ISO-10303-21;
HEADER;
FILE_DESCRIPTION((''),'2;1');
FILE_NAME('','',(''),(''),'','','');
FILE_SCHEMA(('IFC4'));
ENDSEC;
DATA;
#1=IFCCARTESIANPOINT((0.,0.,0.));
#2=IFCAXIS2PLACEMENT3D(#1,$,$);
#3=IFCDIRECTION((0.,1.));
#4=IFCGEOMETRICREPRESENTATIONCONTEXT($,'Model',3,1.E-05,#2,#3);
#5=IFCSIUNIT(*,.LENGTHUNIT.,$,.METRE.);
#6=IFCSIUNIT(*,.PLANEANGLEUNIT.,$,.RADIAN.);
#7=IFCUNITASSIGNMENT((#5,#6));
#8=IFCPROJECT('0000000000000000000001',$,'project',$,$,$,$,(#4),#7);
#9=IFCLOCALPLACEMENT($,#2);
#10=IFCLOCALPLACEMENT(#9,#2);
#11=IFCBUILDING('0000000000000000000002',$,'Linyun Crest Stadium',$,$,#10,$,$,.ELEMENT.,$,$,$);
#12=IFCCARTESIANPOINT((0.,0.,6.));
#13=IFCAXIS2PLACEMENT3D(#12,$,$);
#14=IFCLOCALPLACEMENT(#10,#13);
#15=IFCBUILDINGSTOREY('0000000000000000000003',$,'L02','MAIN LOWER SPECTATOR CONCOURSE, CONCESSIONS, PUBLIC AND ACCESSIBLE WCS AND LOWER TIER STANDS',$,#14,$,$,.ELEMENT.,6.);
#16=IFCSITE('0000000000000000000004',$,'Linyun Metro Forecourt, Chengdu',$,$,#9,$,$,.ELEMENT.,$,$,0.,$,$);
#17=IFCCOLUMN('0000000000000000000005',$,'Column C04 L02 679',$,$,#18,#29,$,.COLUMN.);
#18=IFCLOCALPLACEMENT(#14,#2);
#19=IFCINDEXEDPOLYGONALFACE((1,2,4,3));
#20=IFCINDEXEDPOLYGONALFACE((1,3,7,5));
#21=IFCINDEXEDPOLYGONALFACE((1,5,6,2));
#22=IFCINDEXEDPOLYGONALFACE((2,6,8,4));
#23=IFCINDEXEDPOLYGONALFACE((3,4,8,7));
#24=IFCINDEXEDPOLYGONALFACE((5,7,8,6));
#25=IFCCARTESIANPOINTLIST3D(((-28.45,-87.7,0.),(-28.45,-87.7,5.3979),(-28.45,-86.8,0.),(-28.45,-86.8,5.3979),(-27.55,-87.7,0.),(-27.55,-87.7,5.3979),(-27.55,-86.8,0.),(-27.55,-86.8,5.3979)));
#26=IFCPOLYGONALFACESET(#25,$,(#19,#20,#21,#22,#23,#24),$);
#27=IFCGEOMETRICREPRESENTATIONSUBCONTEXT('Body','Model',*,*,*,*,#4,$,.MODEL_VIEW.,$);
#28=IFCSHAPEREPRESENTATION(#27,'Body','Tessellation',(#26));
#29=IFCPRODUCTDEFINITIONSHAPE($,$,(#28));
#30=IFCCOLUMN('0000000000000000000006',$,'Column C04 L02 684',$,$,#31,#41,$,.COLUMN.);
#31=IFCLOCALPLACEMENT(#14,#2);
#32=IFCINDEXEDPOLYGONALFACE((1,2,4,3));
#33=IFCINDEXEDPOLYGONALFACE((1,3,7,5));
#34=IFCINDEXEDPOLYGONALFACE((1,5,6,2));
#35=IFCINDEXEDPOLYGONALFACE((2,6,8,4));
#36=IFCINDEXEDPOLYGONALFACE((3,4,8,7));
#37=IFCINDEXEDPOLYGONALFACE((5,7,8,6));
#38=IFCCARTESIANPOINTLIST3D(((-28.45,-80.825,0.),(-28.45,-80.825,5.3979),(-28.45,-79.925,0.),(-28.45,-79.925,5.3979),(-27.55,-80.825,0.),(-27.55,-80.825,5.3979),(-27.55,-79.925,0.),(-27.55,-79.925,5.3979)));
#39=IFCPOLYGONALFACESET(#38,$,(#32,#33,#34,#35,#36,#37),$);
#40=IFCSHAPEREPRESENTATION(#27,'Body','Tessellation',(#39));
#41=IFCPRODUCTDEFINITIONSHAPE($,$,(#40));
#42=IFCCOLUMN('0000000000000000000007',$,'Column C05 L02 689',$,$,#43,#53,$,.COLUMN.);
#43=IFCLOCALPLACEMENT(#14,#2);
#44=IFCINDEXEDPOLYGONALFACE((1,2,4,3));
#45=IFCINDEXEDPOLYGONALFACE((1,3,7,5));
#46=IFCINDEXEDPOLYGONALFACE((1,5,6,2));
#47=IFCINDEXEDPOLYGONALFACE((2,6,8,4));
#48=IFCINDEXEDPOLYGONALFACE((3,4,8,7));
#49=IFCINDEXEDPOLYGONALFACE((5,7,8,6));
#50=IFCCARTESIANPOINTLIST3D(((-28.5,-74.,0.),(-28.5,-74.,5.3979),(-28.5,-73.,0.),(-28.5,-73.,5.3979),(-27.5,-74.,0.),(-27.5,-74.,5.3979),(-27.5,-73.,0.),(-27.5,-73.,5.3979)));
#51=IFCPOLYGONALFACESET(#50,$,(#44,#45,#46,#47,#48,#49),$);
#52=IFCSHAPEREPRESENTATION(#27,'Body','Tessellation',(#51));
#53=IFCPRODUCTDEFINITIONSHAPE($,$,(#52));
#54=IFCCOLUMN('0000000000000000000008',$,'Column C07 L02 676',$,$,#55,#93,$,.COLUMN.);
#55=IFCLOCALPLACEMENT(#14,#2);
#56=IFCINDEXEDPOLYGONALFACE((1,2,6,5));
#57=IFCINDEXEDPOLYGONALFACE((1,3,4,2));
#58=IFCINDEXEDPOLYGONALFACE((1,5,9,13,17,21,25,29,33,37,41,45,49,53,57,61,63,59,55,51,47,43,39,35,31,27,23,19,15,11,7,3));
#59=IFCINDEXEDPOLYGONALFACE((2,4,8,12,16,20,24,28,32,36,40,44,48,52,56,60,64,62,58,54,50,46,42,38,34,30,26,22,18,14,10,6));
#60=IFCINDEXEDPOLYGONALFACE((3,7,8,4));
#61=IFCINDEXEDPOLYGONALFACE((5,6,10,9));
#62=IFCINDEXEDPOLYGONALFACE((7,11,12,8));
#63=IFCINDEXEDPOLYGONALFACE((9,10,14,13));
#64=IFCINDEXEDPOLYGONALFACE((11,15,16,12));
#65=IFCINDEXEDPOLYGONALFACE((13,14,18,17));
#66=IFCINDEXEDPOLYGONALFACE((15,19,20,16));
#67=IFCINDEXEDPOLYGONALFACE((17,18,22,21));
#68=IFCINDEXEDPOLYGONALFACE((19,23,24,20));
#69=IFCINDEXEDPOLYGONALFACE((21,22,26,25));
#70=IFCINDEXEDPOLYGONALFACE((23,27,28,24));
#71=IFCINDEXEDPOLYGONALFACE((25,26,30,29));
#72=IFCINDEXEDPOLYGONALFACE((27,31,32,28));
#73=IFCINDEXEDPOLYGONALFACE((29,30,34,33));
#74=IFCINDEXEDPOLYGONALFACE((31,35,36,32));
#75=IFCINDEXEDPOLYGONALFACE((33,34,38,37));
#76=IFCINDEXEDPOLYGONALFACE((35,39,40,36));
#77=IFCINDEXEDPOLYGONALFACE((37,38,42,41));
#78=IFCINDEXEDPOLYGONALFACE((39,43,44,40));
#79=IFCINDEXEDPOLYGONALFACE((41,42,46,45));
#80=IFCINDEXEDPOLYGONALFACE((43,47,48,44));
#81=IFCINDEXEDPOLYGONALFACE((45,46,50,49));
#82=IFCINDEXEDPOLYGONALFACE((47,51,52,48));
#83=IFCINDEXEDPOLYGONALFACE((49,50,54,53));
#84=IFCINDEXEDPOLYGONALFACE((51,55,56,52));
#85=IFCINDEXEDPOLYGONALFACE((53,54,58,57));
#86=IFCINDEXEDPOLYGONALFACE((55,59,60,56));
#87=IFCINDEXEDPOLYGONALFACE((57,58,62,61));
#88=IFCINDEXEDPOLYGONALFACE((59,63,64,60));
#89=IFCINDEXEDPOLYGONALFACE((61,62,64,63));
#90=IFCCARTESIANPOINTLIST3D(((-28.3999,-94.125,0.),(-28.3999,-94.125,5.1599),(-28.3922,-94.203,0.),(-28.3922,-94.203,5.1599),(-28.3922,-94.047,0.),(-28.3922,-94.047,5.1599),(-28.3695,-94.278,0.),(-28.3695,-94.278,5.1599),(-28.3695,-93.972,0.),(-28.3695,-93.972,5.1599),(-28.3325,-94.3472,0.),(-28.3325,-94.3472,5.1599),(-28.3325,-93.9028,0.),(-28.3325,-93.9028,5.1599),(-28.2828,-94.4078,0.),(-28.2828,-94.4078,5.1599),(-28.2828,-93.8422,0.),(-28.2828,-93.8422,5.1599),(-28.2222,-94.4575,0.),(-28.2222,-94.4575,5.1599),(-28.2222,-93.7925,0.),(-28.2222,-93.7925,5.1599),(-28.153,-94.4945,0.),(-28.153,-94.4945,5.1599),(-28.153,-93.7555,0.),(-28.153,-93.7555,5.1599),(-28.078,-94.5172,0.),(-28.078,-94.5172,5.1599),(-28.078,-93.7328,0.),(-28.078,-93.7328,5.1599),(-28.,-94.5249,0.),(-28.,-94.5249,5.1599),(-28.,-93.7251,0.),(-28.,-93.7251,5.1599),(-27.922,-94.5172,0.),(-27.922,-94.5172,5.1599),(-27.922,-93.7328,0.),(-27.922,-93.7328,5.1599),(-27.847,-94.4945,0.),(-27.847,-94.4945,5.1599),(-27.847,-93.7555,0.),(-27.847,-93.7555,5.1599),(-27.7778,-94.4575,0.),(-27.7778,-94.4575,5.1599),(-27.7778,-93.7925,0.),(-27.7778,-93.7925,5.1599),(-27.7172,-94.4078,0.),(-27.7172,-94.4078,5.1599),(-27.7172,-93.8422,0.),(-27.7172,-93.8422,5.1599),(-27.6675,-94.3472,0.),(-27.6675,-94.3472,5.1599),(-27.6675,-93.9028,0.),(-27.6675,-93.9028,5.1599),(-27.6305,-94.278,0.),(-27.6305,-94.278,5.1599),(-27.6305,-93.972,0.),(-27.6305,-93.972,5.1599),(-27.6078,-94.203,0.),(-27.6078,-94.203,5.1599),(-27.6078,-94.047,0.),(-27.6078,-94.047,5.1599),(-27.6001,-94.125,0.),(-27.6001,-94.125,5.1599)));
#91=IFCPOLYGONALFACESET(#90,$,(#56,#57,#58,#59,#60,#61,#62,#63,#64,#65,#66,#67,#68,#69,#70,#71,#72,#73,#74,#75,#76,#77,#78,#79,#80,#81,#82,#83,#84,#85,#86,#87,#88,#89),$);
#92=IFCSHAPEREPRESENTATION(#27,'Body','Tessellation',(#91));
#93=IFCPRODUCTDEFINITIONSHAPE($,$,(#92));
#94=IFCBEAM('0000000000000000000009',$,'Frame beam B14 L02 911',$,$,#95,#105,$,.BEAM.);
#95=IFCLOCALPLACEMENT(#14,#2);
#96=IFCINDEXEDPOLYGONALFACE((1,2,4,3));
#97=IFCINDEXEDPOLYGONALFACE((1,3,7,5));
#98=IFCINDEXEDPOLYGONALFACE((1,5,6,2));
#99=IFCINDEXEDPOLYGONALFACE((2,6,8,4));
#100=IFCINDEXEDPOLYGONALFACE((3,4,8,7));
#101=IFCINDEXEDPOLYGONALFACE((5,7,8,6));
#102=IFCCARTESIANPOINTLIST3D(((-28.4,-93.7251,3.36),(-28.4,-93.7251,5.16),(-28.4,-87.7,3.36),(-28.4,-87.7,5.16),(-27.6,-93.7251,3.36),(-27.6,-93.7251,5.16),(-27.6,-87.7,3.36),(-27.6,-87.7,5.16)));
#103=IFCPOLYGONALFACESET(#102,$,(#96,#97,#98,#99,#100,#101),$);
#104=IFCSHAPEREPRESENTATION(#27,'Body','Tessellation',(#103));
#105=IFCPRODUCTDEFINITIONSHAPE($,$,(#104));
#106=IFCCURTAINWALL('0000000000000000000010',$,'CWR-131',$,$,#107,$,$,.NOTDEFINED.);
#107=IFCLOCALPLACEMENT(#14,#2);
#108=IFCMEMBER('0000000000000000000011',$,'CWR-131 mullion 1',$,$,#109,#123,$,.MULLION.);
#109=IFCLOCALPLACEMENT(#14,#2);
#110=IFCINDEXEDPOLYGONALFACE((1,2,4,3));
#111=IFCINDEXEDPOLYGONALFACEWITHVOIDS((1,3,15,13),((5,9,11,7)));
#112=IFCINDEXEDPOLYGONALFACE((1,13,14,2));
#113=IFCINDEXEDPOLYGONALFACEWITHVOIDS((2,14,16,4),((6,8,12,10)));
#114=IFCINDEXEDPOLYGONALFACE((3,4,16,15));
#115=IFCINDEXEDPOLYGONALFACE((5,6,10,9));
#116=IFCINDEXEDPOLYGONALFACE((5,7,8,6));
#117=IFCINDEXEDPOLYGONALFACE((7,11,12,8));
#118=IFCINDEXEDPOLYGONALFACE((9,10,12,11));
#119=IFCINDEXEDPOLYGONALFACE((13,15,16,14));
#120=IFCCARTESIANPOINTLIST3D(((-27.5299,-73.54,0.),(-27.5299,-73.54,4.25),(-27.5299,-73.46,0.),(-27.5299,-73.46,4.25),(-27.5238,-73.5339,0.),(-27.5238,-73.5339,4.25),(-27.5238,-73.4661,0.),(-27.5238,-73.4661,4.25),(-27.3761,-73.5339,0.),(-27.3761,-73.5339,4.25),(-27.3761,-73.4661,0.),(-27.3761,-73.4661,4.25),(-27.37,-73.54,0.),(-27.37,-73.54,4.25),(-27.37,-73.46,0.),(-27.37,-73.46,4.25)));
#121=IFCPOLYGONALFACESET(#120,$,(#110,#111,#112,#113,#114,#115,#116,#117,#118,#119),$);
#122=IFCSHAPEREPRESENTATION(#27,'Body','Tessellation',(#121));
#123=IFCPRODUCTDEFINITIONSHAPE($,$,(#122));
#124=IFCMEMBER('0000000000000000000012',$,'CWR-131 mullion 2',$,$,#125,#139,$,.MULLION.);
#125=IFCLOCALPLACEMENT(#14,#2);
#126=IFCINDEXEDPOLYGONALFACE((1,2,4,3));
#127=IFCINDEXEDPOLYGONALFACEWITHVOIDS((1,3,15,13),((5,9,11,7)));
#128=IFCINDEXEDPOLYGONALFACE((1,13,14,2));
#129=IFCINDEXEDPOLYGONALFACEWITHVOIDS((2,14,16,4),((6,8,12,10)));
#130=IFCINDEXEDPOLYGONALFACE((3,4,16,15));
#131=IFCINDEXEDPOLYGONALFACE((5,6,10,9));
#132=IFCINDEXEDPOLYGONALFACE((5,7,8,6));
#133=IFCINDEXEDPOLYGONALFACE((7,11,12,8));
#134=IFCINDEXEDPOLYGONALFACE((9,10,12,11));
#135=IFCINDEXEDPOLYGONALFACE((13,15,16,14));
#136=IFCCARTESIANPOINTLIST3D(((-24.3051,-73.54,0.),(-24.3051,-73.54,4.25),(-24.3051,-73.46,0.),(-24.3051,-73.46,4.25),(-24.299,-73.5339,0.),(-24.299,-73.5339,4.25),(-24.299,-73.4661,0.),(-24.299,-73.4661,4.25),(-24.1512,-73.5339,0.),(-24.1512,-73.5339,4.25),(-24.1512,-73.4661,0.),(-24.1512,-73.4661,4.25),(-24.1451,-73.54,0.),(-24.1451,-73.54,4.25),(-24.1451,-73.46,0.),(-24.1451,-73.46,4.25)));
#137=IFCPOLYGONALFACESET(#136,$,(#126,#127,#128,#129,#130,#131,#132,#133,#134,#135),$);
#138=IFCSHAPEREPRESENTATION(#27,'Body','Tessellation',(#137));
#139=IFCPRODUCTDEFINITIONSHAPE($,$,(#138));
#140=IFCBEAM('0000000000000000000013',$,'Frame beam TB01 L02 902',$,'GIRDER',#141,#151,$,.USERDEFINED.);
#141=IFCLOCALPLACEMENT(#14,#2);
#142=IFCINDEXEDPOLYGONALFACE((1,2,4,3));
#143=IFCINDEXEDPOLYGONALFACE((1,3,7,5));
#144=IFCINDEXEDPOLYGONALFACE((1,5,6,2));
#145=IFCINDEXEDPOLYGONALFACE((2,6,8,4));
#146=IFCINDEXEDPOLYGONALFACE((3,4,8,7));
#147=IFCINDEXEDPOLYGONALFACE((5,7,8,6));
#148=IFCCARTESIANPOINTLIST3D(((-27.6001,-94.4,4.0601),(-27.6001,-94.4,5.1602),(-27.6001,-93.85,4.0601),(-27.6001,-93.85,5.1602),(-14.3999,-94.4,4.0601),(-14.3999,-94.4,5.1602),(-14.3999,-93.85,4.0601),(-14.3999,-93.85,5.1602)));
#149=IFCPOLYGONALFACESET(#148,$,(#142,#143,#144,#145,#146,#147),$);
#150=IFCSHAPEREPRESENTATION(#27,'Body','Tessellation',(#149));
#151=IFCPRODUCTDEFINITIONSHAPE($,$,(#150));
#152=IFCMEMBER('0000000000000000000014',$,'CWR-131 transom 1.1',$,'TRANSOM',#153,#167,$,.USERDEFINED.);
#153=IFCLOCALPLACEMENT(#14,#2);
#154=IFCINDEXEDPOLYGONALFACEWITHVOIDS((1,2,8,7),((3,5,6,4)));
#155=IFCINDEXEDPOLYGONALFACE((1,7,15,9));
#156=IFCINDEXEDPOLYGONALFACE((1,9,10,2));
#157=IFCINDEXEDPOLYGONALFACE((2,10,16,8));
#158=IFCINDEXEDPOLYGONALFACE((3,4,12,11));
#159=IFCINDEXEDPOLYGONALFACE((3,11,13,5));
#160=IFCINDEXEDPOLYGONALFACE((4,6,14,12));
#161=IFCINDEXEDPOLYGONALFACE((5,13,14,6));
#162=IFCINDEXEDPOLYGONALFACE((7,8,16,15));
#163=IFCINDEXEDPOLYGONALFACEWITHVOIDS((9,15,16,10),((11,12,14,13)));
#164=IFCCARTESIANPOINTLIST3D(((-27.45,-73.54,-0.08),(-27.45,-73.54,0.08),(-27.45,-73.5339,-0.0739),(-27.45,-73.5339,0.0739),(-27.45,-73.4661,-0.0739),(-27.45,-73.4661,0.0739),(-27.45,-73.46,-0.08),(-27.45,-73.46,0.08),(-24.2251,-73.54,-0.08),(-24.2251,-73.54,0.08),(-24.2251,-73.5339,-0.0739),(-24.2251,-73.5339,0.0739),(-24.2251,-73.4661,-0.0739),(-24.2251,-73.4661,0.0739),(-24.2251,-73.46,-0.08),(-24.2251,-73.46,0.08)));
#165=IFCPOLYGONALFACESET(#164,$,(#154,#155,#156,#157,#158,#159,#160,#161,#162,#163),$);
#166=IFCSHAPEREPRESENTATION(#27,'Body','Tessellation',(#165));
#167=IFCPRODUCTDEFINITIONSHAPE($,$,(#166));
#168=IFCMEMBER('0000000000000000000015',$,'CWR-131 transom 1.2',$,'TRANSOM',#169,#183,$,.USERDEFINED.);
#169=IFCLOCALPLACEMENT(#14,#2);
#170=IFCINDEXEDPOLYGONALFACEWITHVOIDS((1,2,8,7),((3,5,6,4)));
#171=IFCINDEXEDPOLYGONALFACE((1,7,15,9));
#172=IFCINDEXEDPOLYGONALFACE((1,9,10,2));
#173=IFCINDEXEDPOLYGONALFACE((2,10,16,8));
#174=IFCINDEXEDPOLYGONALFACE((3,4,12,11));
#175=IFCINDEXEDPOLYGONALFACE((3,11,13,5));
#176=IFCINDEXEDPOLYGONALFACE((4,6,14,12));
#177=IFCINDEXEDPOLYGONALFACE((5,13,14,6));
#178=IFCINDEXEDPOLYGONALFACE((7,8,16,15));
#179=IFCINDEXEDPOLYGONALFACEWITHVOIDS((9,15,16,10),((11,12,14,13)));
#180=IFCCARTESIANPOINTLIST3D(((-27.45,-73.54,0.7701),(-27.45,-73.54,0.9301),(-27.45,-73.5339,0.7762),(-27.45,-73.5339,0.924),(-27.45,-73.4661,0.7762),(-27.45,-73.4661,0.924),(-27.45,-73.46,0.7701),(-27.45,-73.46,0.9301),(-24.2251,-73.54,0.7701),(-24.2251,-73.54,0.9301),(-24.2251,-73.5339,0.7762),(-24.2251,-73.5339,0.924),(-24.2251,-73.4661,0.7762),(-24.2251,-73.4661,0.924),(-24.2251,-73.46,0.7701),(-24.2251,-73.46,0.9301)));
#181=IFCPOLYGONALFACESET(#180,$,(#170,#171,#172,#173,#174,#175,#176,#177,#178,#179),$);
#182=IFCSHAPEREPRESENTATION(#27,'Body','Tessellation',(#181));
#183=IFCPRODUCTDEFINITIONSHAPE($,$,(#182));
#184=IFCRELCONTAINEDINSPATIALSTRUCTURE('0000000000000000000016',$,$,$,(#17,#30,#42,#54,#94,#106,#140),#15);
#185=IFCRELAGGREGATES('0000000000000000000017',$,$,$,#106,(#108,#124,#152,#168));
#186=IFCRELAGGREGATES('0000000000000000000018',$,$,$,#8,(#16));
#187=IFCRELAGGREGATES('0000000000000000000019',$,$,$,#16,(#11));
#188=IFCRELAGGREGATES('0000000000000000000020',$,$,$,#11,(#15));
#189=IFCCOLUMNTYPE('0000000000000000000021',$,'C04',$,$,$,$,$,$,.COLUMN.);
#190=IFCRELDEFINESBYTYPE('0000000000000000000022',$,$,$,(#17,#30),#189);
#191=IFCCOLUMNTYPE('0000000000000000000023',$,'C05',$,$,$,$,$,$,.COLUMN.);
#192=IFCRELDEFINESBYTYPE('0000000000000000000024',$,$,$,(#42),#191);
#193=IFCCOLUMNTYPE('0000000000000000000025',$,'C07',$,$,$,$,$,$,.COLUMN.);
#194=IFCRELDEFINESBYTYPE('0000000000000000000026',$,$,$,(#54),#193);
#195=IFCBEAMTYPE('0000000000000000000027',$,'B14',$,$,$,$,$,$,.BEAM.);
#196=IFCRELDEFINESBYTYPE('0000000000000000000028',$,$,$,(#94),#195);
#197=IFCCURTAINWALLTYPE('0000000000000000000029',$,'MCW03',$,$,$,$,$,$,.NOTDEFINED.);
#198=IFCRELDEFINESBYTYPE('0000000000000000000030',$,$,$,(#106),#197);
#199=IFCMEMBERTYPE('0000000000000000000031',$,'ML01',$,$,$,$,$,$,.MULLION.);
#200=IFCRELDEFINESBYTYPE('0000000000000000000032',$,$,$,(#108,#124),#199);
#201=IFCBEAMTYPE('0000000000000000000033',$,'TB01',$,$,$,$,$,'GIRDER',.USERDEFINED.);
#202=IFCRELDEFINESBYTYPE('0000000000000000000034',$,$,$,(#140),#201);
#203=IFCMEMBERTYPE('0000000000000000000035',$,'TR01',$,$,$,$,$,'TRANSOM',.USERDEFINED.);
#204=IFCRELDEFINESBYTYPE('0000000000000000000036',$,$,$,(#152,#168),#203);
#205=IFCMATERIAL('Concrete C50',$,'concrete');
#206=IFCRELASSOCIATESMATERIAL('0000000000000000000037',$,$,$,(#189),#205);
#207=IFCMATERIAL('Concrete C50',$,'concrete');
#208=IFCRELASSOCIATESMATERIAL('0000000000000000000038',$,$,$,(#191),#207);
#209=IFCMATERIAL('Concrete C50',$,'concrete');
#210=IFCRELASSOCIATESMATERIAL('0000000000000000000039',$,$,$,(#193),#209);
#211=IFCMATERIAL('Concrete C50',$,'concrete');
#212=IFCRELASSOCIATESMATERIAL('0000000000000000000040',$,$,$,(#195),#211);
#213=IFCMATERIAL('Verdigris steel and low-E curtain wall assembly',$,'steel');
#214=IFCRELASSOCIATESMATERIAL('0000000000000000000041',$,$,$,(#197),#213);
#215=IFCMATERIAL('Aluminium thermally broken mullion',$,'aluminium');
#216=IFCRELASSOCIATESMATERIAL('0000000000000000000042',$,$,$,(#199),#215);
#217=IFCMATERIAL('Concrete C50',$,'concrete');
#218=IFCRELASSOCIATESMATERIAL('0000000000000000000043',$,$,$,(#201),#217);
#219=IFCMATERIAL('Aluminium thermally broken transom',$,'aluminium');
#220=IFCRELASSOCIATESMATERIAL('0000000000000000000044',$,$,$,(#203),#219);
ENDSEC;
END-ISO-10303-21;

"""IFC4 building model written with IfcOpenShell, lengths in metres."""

from ifc_helpers import new_model, si_unit, direction, frame, origin, origin_2d, place, context, subcontext, project, spatial, rectangle, hollow_rectangle, circle, extrude, material, material_profile, profile_set, type_object, element, aggregate, save


model = new_model("IFC4")

# Units and contexts
model_context = context("Model", 3, precision=1e-05, world=origin(), true_north=direction((0.0, 1.0)))
body_context = subcontext(model_context, "Body", "Model", "MODEL_VIEW")
ifc_project = project(units=[si_unit("LENGTHUNIT", "METRE"), si_unit("PLANEANGLEUNIT", "RADIAN")], contexts=[model_context])

# Site, building, storey
site_placement = place(None, origin())
site = spatial("IfcSite", under=ifc_project, at=site_placement, Name="Linyun Metro Forecourt, Chengdu", CompositionType="ELEMENT", RefElevation=0.0)
building_placement = place(site_placement, origin())
building = spatial("IfcBuilding", under=site, at=building_placement, Name="Linyun Crest Stadium", CompositionType="ELEMENT")
storey_placement = place(building_placement, frame((0.0, 0.0, 6.0)))
storey = spatial("IfcBuildingStorey", under=building, at=storey_placement, Name="L02", Description="MAIN LOWER SPECTATOR CONCOURSE, CONCESSIONS, PUBLIC AND ACCESSIBLE WCS AND LOWER TIER STANDS", CompositionType="ELEMENT", Elevation=6.0)

# Columns
ifc_material_1 = material(Name="Concrete C50", Category="concrete")
ifc_material_profile_1 = material_profile(ifc_material_1, rectangle(XDim=0.8999, YDim=0.8999, at=origin_2d()), Name="RC 900x900")
ifc_profile_set_1 = profile_set([ifc_material_profile_1], Name="Concrete C50")
column_type_1 = type_object("IfcColumnType", Name="C04", PredefinedType="COLUMN", material=ifc_profile_set_1)
for number, where, z_axis, x_axis, name in (
    (1, (-28.0, -87.25, 0.0), (0.0, 0.0, 1.0), (1.0, 0.0, 0.0), "Column C04 L02 679"),
    (2, (-28.0, -80.375, 0.0), (0.0, 0.0, 1.0), (1.0, 0.0, 0.0), "Column C04 L02 684"),
):
    element("IfcColumn", number, at=place(storey_placement, frame(where, z_axis=z_axis, x_axis=x_axis)), inside=storey, type_object=column_type_1, Name=name, PredefinedType="COLUMN", context=body_context, shape_type="SweptSolid", body=[
        extrude(rectangle(XDim=0.8999, YDim=0.8999, at=origin_2d()), origin(), (0.0, 0.0, 1.0), 5.3979),
    ])
ifc_material_2 = material(Name="Concrete C50", Category="concrete")
ifc_material_profile_2 = material_profile(ifc_material_2, rectangle(XDim=1.0, YDim=1.0, at=origin_2d()), Name="RC 1000x1000")
ifc_profile_set_2 = profile_set([ifc_material_profile_2], Name="Concrete C50")
column_type_2 = type_object("IfcColumnType", Name="C05", PredefinedType="COLUMN", material=ifc_profile_set_2)
column_1_placement = place(storey_placement, frame((-28.0, -73.5, 0.0), z_axis=(0.0, 0.0, 1.0), x_axis=(1.0, 0.0, 0.0)))
element("IfcColumn", 3, at=column_1_placement, inside=storey, type_object=column_type_2, Name="Column C05 L02 689", PredefinedType="COLUMN", context=body_context, shape_type="SweptSolid", body=[
    extrude(rectangle(XDim=1.0, YDim=1.0, at=origin_2d()), origin(), (0.0, 0.0, 1.0), 5.3979),
])
ifc_material_3 = material(Name="Concrete C50", Category="concrete")
ifc_material_profile_3 = material_profile(ifc_material_3, circle(Radius=0.3999, at=origin_2d()), Name="RC D800")
ifc_profile_set_3 = profile_set([ifc_material_profile_3], Name="Concrete C50")
column_type_3 = type_object("IfcColumnType", Name="C07", PredefinedType="COLUMN", material=ifc_profile_set_3)
column_2_placement = place(storey_placement, frame((-28.0, -94.125, 0.0), z_axis=(0.0, 0.0, 1.0), x_axis=(1.0, 0.0, 0.0)))
element("IfcColumn", 4, at=column_2_placement, inside=storey, type_object=column_type_3, Name="Column C07 L02 676", PredefinedType="COLUMN", context=body_context, shape_type="SweptSolid", body=[
    extrude(circle(Radius=0.3999, at=origin_2d()), origin(), (0.0, 0.0, 1.0), 5.1599),
])

# Beam
ifc_material_4 = material(Name="Concrete C50", Category="concrete")
ifc_material_profile_4 = material_profile(ifc_material_4, rectangle(XDim=0.8, YDim=1.8, at=origin_2d()), Name="RCB 1800x800")
ifc_profile_set_4 = profile_set([ifc_material_profile_4], Name="Concrete C50")
beam_type_1 = type_object("IfcBeamType", Name="B14", PredefinedType="BEAM", material=ifc_profile_set_4)
beam_1_placement = place(storey_placement, frame((-28.0, -93.7251, 4.26), z_axis=(0.0, 1.0, 0.0), x_axis=(-1.0, 0.0, 0.0)))
element("IfcBeam", 5, at=beam_1_placement, inside=storey, type_object=beam_type_1, Name="Frame beam B14 L02 911", PredefinedType="BEAM", context=body_context, shape_type="SweptSolid", body=[
    extrude(rectangle(XDim=0.8, YDim=1.8, at=origin_2d()), origin(), (0.0, 0.0, 1.0), 6.0251),
])

# Curtain wall, members
ifc_material_5 = material(Name="Verdigris steel and low-E curtain wall assembly", Category="steel")
curtain_wall_type = type_object("IfcCurtainWallType", Name="MCW03", PredefinedType="NOTDEFINED", material=ifc_material_5)
curtain_wall_placement = place(storey_placement, origin())
curtain_wall = element("IfcCurtainWall", 6, at=curtain_wall_placement, inside=storey, type_object=curtain_wall_type, Name="CWR-131", PredefinedType="NOTDEFINED")
ifc_material_6 = material(Name="Aluminium thermally broken mullion", Category="aluminium")
ifc_material_profile_5 = material_profile(ifc_material_6, hollow_rectangle(XDim=0.0801, YDim=0.1599, WallThickness=0.0061, at=origin_2d()), Name="RHS 160x80x6")
ifc_profile_set_5 = profile_set([ifc_material_profile_5], Name="Aluminium thermally broken mullion")
member_type_1 = type_object("IfcMemberType", Name="ML01", PredefinedType="MULLION", material=ifc_profile_set_5)
member_1_placement = place(storey_placement, frame((-27.45, -73.5, 0.0), z_axis=(0.0, 0.0, 1.0), x_axis=(0.0, 1.0, 0.0)))
member_1 = element("IfcMember", 7, at=member_1_placement, type_object=member_type_1, Name="CWR-131 mullion 1", PredefinedType="MULLION", context=body_context, shape_type="SweptSolid", body=[
    extrude(hollow_rectangle(XDim=0.0801, YDim=0.1599, WallThickness=0.0061, at=origin_2d()), origin(), (0.0, 0.0, 1.0), 4.25),
])
member_2_placement = place(storey_placement, frame((-24.2251, -73.5, 0.0), z_axis=(0.0, 0.0, 1.0), x_axis=(0.0, 1.0, 0.0)))
member_2 = element("IfcMember", 8, at=member_2_placement, type_object=member_type_1, Name="CWR-131 mullion 2", PredefinedType="MULLION", context=body_context, shape_type="SweptSolid", body=[
    extrude(hollow_rectangle(XDim=0.0801, YDim=0.1599, WallThickness=0.0061, at=origin_2d()), origin(), (0.0, 0.0, 1.0), 4.25),
])

# Beam
ifc_material_7 = material(Name="Concrete C50", Category="concrete")
ifc_material_profile_6 = material_profile(ifc_material_7, rectangle(XDim=0.55, YDim=1.1001, at=origin_2d()), Name="RCB 1100x550")
ifc_profile_set_6 = profile_set([ifc_material_profile_6], Name="Concrete C50")
beam_type_2 = type_object("IfcBeamType", Name="TB01", ElementType="GIRDER", PredefinedType="USERDEFINED", material=ifc_profile_set_6)
beam_2_placement = place(storey_placement, frame((-27.6001, -94.125, 4.6101), z_axis=(1.0, 0.0, 0.0), x_axis=(0.0, 1.0, 0.0)))
element("IfcBeam", 9, at=beam_2_placement, inside=storey, type_object=beam_type_2, Name="Frame beam TB01 L02 902", ObjectType="GIRDER", PredefinedType="USERDEFINED", context=body_context, shape_type="SweptSolid", body=[
    extrude(rectangle(XDim=0.55, YDim=1.1001, at=origin_2d()), origin(), (0.0, 0.0, 1.0), 13.2002),
])

# Members
ifc_material_8 = material(Name="Aluminium thermally broken transom", Category="aluminium")
ifc_material_profile_7 = material_profile(ifc_material_8, hollow_rectangle(XDim=0.0801, YDim=0.1599, WallThickness=0.0061, at=origin_2d()), Name="RHS 160x80x6")
ifc_profile_set_7 = profile_set([ifc_material_profile_7], Name="Aluminium thermally broken transom")
member_type_2 = type_object("IfcMemberType", Name="TR01", ElementType="TRANSOM", PredefinedType="USERDEFINED", material=ifc_profile_set_7)
member_3_placement = place(storey_placement, frame((-27.45, -73.5, 0.0), z_axis=(1.0, 0.0, 0.0), x_axis=(0.0, 1.0, 0.0)))
member_3 = element("IfcMember", 10, at=member_3_placement, type_object=member_type_2, Name="CWR-131 transom 1.1", ObjectType="TRANSOM", PredefinedType="USERDEFINED", context=body_context, shape_type="SweptSolid", body=[
    extrude(hollow_rectangle(XDim=0.0801, YDim=0.1599, WallThickness=0.0061, at=origin_2d()), origin(), (0.0, 0.0, 1.0), 3.2249),
])
member_4_placement = place(storey_placement, frame((-27.45, -73.5, 0.8501), z_axis=(1.0, 0.0, 0.0), x_axis=(0.0, 1.0, 0.0)))
member_4 = element("IfcMember", 11, at=member_4_placement, type_object=member_type_2, Name="CWR-131 transom 1.2", ObjectType="TRANSOM", PredefinedType="USERDEFINED", context=body_context, shape_type="SweptSolid", body=[
    extrude(hollow_rectangle(XDim=0.0801, YDim=0.1599, WallThickness=0.0061, at=origin_2d()), origin(), (0.0, 0.0, 1.0), 3.2249),
])

aggregate(curtain_wall, [member_1, member_2, member_3, member_4])

save(model, "model.ifc")
